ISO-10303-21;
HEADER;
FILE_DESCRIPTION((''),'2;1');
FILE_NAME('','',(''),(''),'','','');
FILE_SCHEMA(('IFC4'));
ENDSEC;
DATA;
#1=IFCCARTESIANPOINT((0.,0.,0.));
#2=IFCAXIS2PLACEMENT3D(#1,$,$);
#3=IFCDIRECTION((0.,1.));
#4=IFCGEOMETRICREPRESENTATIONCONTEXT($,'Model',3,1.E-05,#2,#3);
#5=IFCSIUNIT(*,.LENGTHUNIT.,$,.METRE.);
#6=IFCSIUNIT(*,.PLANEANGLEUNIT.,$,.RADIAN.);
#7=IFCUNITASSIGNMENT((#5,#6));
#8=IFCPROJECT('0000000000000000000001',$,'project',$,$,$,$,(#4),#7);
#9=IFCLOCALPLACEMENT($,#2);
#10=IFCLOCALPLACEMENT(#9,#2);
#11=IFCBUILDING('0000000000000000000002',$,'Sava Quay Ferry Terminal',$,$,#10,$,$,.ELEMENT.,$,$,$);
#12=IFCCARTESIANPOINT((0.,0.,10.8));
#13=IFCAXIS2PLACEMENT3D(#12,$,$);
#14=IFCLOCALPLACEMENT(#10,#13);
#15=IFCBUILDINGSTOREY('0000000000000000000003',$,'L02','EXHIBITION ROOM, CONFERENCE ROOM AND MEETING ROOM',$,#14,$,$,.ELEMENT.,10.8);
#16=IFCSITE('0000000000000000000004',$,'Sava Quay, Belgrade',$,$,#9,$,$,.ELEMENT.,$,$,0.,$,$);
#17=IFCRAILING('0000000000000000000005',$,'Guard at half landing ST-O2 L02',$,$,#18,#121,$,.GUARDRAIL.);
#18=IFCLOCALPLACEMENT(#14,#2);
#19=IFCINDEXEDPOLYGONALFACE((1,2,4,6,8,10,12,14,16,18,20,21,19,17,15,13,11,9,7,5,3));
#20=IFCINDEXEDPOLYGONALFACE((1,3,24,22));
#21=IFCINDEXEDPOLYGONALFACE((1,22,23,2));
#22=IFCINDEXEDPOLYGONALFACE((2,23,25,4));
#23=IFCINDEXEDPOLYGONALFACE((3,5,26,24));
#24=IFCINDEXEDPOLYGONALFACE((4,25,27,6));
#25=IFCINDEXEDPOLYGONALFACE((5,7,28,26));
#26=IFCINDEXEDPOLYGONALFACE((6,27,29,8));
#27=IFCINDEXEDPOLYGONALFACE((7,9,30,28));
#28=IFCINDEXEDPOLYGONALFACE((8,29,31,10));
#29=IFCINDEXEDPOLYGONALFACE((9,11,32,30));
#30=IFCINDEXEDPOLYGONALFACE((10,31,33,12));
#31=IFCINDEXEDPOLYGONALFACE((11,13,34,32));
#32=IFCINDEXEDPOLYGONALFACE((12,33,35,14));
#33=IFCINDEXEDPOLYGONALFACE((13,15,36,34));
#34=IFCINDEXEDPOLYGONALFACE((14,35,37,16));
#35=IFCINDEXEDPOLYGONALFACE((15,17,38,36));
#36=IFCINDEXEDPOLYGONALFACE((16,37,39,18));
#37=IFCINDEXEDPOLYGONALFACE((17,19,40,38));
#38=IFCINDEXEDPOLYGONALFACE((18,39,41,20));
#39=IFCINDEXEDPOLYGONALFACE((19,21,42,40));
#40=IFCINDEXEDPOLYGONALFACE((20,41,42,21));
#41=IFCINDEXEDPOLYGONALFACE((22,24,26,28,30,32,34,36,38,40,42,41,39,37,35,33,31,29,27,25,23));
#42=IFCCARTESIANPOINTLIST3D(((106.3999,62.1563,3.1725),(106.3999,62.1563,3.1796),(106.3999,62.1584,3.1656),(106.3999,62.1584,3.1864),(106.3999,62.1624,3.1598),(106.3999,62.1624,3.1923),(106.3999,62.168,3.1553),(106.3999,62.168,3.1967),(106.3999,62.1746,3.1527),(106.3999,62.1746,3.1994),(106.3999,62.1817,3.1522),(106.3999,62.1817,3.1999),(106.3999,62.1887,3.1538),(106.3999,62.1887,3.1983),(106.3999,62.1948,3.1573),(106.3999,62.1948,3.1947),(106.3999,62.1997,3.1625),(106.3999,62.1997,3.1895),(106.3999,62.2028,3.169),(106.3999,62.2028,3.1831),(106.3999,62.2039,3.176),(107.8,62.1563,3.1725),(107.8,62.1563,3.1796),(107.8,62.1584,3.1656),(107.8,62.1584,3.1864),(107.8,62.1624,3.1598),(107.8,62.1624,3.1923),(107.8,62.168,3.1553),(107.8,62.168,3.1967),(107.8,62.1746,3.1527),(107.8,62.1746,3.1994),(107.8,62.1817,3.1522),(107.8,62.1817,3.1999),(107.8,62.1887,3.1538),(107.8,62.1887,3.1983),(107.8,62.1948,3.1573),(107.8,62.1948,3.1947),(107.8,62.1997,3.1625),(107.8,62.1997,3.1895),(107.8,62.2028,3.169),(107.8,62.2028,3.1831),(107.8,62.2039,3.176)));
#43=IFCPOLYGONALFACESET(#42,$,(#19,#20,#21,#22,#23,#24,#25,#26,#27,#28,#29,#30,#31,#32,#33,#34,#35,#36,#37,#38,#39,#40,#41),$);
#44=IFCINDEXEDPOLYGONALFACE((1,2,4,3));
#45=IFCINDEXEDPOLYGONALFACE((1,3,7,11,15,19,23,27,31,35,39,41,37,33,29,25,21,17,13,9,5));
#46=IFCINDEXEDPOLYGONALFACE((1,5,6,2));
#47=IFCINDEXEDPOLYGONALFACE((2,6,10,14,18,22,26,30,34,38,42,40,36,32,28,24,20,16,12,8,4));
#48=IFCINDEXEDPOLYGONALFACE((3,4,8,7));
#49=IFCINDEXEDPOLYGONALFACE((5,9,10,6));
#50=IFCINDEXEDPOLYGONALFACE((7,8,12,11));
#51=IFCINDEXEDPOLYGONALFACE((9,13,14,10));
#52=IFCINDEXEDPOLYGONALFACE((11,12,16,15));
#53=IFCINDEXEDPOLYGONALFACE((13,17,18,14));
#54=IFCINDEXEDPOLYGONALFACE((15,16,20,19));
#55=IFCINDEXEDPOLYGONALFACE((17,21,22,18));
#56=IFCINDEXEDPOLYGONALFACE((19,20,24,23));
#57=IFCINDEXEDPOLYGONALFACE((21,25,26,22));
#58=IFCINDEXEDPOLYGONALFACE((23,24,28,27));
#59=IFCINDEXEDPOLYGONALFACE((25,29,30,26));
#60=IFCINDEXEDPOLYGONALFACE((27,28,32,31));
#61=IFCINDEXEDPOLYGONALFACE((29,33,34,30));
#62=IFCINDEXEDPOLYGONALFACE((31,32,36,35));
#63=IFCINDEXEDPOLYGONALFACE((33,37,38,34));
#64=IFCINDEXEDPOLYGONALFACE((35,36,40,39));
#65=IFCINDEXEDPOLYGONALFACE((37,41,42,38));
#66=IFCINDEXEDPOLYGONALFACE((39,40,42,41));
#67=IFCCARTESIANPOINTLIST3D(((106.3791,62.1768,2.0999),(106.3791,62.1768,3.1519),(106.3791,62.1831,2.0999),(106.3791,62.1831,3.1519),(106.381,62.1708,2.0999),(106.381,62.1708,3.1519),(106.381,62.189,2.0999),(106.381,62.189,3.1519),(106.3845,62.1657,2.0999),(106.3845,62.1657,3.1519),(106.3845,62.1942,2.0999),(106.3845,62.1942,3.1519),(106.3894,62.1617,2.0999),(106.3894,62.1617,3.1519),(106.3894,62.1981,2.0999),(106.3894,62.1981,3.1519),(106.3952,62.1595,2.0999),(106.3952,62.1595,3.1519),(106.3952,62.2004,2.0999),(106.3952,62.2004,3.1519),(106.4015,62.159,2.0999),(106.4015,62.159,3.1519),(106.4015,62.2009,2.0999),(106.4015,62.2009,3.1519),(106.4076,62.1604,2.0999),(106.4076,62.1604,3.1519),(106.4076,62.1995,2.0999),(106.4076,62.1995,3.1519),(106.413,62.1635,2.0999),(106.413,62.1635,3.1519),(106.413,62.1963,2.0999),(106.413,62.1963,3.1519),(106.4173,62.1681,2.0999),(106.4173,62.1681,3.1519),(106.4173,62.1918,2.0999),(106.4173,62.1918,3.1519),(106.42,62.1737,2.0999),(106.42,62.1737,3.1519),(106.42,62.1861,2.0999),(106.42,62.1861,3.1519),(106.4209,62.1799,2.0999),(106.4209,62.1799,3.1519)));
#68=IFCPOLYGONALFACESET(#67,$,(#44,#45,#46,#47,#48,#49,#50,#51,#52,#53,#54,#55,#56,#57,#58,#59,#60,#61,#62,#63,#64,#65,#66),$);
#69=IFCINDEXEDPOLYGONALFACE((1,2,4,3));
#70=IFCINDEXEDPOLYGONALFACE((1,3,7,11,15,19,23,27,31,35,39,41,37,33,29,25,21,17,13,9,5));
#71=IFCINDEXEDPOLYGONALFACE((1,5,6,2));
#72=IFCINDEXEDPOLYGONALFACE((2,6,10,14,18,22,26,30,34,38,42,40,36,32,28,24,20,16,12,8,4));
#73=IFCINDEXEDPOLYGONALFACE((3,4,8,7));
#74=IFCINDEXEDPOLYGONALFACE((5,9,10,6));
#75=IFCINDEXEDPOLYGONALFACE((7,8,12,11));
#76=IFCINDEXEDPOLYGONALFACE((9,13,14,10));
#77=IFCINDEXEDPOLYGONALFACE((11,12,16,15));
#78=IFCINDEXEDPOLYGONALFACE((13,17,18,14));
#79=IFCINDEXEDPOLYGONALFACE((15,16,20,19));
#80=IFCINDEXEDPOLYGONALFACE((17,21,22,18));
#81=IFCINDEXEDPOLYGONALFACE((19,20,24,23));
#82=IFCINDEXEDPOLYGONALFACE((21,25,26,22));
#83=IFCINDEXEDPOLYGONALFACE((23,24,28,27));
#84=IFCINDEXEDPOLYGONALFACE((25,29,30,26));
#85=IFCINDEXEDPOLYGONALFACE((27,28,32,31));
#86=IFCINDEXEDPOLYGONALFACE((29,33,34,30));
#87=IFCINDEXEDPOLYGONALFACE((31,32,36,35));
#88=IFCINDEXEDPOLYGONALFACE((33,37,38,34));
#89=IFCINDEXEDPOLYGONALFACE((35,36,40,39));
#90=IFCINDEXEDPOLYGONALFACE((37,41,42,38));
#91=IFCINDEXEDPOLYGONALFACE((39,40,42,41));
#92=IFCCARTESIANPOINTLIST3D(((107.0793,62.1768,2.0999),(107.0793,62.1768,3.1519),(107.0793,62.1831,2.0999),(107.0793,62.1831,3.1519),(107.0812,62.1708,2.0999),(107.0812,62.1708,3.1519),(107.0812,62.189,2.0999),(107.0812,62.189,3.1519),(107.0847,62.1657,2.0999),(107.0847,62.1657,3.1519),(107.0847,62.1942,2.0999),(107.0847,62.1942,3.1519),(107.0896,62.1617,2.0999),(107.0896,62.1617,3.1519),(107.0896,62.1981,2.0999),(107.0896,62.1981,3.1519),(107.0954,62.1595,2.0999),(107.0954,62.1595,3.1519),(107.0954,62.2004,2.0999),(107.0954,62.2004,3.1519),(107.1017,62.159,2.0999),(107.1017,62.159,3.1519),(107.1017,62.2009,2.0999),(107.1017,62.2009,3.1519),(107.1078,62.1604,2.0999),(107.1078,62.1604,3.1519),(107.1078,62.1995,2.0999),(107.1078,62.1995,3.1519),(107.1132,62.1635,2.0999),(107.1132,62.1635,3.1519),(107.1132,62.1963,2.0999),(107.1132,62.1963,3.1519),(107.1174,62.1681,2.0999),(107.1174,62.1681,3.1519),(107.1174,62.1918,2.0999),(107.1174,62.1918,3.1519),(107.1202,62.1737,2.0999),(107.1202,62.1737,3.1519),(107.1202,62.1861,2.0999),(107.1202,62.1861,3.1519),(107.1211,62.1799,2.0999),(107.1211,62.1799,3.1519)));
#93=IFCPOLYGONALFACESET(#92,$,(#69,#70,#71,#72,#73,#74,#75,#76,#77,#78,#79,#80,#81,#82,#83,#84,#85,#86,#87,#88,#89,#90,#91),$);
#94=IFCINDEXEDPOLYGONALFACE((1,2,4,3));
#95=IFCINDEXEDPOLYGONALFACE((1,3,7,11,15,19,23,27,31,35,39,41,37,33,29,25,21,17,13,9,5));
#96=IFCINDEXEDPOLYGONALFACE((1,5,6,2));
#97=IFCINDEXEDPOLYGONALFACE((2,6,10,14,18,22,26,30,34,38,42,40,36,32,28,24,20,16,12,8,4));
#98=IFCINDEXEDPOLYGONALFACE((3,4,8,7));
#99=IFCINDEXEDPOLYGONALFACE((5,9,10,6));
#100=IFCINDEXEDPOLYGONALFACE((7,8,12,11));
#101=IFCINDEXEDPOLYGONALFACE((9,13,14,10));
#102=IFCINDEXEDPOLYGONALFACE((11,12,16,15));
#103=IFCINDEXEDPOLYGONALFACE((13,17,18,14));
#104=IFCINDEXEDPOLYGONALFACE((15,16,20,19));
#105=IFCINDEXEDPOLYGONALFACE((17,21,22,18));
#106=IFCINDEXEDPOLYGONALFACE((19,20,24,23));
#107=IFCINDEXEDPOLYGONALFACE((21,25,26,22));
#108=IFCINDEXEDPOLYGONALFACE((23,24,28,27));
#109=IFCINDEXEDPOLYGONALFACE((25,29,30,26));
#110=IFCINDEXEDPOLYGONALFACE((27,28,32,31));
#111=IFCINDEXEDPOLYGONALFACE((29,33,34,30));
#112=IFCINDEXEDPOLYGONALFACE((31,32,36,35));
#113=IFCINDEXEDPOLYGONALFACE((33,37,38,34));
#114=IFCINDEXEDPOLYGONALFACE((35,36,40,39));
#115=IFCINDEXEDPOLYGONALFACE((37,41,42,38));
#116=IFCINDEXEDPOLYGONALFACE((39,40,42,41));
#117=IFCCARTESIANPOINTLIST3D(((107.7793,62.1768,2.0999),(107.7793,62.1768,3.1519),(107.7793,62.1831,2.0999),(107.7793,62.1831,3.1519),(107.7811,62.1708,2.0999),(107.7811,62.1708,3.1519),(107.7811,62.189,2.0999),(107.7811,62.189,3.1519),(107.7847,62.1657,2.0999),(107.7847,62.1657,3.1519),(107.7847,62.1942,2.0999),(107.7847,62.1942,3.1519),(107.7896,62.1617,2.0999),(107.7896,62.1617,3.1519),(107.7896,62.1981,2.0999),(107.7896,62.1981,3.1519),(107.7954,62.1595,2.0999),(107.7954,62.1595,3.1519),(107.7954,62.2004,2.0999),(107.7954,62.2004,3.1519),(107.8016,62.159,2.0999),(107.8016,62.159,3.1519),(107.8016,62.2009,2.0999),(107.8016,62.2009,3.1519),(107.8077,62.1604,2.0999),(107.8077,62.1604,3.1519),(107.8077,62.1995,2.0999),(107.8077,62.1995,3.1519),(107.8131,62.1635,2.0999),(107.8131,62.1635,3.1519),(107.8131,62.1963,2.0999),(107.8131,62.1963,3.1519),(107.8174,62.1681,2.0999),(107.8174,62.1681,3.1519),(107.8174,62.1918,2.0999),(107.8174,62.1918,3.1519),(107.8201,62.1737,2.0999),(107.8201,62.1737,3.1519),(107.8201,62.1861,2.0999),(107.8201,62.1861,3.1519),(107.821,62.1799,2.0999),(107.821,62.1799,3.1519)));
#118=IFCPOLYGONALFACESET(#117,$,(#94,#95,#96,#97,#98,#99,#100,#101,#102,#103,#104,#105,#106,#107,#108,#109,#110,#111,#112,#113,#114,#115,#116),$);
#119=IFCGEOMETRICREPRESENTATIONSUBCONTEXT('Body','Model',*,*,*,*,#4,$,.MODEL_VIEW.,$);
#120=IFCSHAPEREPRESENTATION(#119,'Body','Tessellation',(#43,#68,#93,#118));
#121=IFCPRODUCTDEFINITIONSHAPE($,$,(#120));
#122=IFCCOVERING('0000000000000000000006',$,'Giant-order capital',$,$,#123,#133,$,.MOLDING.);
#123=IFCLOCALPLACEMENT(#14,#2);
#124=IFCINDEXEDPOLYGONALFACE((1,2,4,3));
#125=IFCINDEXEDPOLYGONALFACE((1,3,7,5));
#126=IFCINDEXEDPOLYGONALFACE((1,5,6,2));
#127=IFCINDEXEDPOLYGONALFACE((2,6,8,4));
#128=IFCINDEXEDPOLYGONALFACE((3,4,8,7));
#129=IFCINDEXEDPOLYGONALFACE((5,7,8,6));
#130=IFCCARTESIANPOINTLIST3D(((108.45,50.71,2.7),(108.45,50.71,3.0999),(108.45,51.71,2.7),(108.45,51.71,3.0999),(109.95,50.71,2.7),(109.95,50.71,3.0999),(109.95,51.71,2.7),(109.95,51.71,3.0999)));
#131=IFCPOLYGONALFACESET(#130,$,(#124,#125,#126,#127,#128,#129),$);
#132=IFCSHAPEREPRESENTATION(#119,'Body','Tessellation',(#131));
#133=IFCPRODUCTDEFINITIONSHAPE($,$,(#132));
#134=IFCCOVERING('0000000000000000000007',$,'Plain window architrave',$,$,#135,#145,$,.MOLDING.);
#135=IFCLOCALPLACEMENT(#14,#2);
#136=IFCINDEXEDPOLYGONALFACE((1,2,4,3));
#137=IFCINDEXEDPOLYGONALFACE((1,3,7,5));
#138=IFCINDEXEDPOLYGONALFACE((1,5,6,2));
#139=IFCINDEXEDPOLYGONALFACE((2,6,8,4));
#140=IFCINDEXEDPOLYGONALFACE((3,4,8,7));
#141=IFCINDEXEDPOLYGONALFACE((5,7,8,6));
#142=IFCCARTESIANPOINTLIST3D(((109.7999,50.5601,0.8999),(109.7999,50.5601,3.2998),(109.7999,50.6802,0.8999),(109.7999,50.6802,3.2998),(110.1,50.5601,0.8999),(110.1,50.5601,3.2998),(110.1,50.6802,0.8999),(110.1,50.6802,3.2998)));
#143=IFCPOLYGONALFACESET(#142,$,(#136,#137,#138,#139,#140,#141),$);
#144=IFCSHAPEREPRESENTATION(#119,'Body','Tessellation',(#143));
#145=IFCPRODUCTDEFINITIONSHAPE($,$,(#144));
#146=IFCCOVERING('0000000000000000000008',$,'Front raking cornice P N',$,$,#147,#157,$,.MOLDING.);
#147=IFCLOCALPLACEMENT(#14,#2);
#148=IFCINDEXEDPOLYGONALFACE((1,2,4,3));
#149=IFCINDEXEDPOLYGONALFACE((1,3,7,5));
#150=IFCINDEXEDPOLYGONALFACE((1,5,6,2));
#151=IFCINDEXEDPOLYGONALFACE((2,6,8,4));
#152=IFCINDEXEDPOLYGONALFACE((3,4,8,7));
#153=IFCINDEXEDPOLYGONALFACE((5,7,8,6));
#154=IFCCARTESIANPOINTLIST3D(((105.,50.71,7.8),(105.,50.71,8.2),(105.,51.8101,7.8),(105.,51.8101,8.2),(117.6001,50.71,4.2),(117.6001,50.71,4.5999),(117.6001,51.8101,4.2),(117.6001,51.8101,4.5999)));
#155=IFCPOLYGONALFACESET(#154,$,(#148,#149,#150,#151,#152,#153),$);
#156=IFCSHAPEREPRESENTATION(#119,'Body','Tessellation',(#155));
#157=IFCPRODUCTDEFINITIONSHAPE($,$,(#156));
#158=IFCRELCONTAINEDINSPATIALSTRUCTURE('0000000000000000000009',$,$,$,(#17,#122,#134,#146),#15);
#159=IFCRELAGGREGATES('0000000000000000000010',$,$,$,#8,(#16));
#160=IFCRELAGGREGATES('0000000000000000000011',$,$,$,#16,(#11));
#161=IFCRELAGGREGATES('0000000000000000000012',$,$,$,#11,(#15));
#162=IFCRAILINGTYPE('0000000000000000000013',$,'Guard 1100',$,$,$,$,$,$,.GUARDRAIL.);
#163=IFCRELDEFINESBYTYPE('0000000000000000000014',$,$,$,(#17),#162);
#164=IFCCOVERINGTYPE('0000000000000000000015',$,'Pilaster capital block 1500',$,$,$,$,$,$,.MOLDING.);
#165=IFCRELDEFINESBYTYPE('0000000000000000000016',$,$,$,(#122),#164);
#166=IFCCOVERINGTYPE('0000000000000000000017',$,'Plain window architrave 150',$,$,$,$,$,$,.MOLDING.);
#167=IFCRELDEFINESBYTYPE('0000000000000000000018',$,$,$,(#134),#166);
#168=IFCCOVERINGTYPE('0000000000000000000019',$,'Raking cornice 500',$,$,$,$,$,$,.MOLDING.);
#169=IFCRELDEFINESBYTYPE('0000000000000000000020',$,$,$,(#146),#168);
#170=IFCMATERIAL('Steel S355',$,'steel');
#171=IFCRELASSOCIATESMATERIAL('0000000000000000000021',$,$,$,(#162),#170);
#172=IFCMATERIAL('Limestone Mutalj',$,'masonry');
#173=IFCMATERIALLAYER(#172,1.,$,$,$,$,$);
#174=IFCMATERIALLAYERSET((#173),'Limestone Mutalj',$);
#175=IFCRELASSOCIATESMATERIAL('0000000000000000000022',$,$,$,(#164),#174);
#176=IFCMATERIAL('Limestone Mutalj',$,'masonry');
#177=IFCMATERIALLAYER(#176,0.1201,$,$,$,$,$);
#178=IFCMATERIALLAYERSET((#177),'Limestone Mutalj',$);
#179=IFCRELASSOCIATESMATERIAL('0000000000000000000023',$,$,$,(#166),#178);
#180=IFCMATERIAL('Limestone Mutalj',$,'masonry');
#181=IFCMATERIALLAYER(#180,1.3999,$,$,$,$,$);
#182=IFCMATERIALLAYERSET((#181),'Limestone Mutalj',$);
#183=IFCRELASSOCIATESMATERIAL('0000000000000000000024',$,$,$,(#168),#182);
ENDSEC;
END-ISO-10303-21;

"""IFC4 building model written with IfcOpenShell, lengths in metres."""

from ifc_helpers import new_model, si_unit, direction, frame, origin, origin_2d, place, context, subcontext, project, spatial, polyline, rectangle, circle, outline, extrude, material, layer, layer_set, type_object, element, save


model = new_model("IFC4")

# Units and contexts
model_context = context("Model", 3, precision=1e-05, world=origin(), true_north=direction((0.0, 1.0)))
body_context = subcontext(model_context, "Body", "Model", "MODEL_VIEW")
ifc_project = project(units=[si_unit("LENGTHUNIT", "METRE"), si_unit("PLANEANGLEUNIT", "RADIAN")], contexts=[model_context])

# Site, building, storey
site_placement = place(None, origin())
site = spatial("IfcSite", under=ifc_project, at=site_placement, Name="Sava Quay, Belgrade", CompositionType="ELEMENT", RefElevation=0.0)
building_placement = place(site_placement, origin())
building = spatial("IfcBuilding", under=site, at=building_placement, Name="Sava Quay Ferry Terminal", CompositionType="ELEMENT")
storey_placement = place(building_placement, frame((0.0, 0.0, 10.8)))
storey = spatial("IfcBuildingStorey", under=building, at=storey_placement, Name="L02", Description="EXHIBITION ROOM, CONFERENCE ROOM AND MEETING ROOM", CompositionType="ELEMENT", Elevation=10.8)

# Railing
ifc_material_1 = material(Name="Steel S355", Category="steel")
railing_type_1 = type_object("IfcRailingType", Name="Guard 1100", PredefinedType="GUARDRAIL", material=ifc_material_1)
railing_1_placement = place(storey_placement, frame((106.3999, 62.1799, 2.0999)))
element("IfcRailing", 1, at=railing_1_placement, inside=storey, type_object=railing_type_1, Name="Guard at half landing ST-O2 L02", PredefinedType="GUARDRAIL", context=body_context, shape_type="SweptSolid", body=[
    extrude(circle(Radius=0.0239, at=origin_2d()), frame((0.0, 0.0, 1.0762), z_axis=(1.0, 0.0, 0.0), x_axis=(0.0, 1.0, 0.0)), (0.0, 0.0, 1.0), 1.4001),
    extrude(circle(Radius=0.021, at=origin_2d()), origin(), (0.0, 0.0, 1.0), 1.052),
    extrude(circle(Radius=0.021, at=origin_2d()), frame((0.7002, 0.0, 0.0)), (0.0, 0.0, 1.0), 1.052),
    extrude(circle(Radius=0.021, at=origin_2d()), frame((1.4001, 0.0, 0.0)), (0.0, 0.0, 1.0), 1.052),
])

# Coverings
ifc_material_2 = material(Name="Limestone Mutalj", Category="masonry")
ifc_layer_1 = layer(ifc_material_2, 1.0)
ifc_layer_set_1 = layer_set([ifc_layer_1], Name="Limestone Mutalj")
covering_type_1 = type_object("IfcCoveringType", Name="Pilaster capital block 1500", PredefinedType="MOLDING", material=ifc_layer_set_1)
covering_1_placement = place(storey_placement, frame((109.2, 51.21, 2.7), z_axis=(0.0, 0.0, 1.0), x_axis=(1.0, 0.0, 0.0)))
element("IfcCovering", 2, at=covering_1_placement, inside=storey, type_object=covering_type_1, Name="Giant-order capital", PredefinedType="MOLDING", context=body_context, shape_type="SweptSolid", body=[
    extrude(rectangle(XDim=1.5, YDim=1.0, at=origin_2d()), origin(), (0.0, 0.0, 1.0), 0.3999),
])
ifc_material_3 = material(Name="Limestone Mutalj", Category="masonry")
ifc_layer_2 = layer(ifc_material_3, 0.1201)
ifc_layer_set_2 = layer_set([ifc_layer_2], Name="Limestone Mutalj")
covering_type_2 = type_object("IfcCoveringType", Name="Plain window architrave 150", PredefinedType="MOLDING", material=ifc_layer_set_2)
covering_2_placement = place(storey_placement, frame((109.95, 50.6201, 0.8999), z_axis=(0.0, 0.0, 1.0), x_axis=(1.0, 0.0, 0.0)))
element("IfcCovering", 3, at=covering_2_placement, inside=storey, type_object=covering_type_2, Name="Plain window architrave", PredefinedType="MOLDING", context=body_context, shape_type="SweptSolid", body=[
    extrude(rectangle(XDim=0.3, YDim=0.1201, at=origin_2d()), origin(), (0.0, 0.0, 1.0), 2.3999),
])
ifc_material_4 = material(Name="Limestone Mutalj", Category="masonry")
ifc_layer_3 = layer(ifc_material_4, 1.3999)
ifc_layer_set_3 = layer_set([ifc_layer_3], Name="Limestone Mutalj")
covering_type_3 = type_object("IfcCoveringType", Name="Raking cornice 500", PredefinedType="MOLDING", material=ifc_layer_set_3)
covering_3_placement = place(storey_placement, frame((105.0, 50.71, 7.8), z_axis=(0.0, -1.0, 0.0), x_axis=(0.961523, 0.0, -0.274726)))
element("IfcCovering", 4, at=covering_3_placement, inside=storey, type_object=covering_type_3, Name="Front raking cornice P N", PredefinedType="MOLDING", context=body_context, shape_type="SweptSolid", body=[
    extrude(outline(polyline([(0.0, 0.0), (13.1043, 0.0), (12.9945, 0.3845), (-0.1099, 0.3845), (0.0, 0.0)])), origin(), (0.0, 0.0, -1.0), 1.1001),
])

save(model, "model.ifc")
